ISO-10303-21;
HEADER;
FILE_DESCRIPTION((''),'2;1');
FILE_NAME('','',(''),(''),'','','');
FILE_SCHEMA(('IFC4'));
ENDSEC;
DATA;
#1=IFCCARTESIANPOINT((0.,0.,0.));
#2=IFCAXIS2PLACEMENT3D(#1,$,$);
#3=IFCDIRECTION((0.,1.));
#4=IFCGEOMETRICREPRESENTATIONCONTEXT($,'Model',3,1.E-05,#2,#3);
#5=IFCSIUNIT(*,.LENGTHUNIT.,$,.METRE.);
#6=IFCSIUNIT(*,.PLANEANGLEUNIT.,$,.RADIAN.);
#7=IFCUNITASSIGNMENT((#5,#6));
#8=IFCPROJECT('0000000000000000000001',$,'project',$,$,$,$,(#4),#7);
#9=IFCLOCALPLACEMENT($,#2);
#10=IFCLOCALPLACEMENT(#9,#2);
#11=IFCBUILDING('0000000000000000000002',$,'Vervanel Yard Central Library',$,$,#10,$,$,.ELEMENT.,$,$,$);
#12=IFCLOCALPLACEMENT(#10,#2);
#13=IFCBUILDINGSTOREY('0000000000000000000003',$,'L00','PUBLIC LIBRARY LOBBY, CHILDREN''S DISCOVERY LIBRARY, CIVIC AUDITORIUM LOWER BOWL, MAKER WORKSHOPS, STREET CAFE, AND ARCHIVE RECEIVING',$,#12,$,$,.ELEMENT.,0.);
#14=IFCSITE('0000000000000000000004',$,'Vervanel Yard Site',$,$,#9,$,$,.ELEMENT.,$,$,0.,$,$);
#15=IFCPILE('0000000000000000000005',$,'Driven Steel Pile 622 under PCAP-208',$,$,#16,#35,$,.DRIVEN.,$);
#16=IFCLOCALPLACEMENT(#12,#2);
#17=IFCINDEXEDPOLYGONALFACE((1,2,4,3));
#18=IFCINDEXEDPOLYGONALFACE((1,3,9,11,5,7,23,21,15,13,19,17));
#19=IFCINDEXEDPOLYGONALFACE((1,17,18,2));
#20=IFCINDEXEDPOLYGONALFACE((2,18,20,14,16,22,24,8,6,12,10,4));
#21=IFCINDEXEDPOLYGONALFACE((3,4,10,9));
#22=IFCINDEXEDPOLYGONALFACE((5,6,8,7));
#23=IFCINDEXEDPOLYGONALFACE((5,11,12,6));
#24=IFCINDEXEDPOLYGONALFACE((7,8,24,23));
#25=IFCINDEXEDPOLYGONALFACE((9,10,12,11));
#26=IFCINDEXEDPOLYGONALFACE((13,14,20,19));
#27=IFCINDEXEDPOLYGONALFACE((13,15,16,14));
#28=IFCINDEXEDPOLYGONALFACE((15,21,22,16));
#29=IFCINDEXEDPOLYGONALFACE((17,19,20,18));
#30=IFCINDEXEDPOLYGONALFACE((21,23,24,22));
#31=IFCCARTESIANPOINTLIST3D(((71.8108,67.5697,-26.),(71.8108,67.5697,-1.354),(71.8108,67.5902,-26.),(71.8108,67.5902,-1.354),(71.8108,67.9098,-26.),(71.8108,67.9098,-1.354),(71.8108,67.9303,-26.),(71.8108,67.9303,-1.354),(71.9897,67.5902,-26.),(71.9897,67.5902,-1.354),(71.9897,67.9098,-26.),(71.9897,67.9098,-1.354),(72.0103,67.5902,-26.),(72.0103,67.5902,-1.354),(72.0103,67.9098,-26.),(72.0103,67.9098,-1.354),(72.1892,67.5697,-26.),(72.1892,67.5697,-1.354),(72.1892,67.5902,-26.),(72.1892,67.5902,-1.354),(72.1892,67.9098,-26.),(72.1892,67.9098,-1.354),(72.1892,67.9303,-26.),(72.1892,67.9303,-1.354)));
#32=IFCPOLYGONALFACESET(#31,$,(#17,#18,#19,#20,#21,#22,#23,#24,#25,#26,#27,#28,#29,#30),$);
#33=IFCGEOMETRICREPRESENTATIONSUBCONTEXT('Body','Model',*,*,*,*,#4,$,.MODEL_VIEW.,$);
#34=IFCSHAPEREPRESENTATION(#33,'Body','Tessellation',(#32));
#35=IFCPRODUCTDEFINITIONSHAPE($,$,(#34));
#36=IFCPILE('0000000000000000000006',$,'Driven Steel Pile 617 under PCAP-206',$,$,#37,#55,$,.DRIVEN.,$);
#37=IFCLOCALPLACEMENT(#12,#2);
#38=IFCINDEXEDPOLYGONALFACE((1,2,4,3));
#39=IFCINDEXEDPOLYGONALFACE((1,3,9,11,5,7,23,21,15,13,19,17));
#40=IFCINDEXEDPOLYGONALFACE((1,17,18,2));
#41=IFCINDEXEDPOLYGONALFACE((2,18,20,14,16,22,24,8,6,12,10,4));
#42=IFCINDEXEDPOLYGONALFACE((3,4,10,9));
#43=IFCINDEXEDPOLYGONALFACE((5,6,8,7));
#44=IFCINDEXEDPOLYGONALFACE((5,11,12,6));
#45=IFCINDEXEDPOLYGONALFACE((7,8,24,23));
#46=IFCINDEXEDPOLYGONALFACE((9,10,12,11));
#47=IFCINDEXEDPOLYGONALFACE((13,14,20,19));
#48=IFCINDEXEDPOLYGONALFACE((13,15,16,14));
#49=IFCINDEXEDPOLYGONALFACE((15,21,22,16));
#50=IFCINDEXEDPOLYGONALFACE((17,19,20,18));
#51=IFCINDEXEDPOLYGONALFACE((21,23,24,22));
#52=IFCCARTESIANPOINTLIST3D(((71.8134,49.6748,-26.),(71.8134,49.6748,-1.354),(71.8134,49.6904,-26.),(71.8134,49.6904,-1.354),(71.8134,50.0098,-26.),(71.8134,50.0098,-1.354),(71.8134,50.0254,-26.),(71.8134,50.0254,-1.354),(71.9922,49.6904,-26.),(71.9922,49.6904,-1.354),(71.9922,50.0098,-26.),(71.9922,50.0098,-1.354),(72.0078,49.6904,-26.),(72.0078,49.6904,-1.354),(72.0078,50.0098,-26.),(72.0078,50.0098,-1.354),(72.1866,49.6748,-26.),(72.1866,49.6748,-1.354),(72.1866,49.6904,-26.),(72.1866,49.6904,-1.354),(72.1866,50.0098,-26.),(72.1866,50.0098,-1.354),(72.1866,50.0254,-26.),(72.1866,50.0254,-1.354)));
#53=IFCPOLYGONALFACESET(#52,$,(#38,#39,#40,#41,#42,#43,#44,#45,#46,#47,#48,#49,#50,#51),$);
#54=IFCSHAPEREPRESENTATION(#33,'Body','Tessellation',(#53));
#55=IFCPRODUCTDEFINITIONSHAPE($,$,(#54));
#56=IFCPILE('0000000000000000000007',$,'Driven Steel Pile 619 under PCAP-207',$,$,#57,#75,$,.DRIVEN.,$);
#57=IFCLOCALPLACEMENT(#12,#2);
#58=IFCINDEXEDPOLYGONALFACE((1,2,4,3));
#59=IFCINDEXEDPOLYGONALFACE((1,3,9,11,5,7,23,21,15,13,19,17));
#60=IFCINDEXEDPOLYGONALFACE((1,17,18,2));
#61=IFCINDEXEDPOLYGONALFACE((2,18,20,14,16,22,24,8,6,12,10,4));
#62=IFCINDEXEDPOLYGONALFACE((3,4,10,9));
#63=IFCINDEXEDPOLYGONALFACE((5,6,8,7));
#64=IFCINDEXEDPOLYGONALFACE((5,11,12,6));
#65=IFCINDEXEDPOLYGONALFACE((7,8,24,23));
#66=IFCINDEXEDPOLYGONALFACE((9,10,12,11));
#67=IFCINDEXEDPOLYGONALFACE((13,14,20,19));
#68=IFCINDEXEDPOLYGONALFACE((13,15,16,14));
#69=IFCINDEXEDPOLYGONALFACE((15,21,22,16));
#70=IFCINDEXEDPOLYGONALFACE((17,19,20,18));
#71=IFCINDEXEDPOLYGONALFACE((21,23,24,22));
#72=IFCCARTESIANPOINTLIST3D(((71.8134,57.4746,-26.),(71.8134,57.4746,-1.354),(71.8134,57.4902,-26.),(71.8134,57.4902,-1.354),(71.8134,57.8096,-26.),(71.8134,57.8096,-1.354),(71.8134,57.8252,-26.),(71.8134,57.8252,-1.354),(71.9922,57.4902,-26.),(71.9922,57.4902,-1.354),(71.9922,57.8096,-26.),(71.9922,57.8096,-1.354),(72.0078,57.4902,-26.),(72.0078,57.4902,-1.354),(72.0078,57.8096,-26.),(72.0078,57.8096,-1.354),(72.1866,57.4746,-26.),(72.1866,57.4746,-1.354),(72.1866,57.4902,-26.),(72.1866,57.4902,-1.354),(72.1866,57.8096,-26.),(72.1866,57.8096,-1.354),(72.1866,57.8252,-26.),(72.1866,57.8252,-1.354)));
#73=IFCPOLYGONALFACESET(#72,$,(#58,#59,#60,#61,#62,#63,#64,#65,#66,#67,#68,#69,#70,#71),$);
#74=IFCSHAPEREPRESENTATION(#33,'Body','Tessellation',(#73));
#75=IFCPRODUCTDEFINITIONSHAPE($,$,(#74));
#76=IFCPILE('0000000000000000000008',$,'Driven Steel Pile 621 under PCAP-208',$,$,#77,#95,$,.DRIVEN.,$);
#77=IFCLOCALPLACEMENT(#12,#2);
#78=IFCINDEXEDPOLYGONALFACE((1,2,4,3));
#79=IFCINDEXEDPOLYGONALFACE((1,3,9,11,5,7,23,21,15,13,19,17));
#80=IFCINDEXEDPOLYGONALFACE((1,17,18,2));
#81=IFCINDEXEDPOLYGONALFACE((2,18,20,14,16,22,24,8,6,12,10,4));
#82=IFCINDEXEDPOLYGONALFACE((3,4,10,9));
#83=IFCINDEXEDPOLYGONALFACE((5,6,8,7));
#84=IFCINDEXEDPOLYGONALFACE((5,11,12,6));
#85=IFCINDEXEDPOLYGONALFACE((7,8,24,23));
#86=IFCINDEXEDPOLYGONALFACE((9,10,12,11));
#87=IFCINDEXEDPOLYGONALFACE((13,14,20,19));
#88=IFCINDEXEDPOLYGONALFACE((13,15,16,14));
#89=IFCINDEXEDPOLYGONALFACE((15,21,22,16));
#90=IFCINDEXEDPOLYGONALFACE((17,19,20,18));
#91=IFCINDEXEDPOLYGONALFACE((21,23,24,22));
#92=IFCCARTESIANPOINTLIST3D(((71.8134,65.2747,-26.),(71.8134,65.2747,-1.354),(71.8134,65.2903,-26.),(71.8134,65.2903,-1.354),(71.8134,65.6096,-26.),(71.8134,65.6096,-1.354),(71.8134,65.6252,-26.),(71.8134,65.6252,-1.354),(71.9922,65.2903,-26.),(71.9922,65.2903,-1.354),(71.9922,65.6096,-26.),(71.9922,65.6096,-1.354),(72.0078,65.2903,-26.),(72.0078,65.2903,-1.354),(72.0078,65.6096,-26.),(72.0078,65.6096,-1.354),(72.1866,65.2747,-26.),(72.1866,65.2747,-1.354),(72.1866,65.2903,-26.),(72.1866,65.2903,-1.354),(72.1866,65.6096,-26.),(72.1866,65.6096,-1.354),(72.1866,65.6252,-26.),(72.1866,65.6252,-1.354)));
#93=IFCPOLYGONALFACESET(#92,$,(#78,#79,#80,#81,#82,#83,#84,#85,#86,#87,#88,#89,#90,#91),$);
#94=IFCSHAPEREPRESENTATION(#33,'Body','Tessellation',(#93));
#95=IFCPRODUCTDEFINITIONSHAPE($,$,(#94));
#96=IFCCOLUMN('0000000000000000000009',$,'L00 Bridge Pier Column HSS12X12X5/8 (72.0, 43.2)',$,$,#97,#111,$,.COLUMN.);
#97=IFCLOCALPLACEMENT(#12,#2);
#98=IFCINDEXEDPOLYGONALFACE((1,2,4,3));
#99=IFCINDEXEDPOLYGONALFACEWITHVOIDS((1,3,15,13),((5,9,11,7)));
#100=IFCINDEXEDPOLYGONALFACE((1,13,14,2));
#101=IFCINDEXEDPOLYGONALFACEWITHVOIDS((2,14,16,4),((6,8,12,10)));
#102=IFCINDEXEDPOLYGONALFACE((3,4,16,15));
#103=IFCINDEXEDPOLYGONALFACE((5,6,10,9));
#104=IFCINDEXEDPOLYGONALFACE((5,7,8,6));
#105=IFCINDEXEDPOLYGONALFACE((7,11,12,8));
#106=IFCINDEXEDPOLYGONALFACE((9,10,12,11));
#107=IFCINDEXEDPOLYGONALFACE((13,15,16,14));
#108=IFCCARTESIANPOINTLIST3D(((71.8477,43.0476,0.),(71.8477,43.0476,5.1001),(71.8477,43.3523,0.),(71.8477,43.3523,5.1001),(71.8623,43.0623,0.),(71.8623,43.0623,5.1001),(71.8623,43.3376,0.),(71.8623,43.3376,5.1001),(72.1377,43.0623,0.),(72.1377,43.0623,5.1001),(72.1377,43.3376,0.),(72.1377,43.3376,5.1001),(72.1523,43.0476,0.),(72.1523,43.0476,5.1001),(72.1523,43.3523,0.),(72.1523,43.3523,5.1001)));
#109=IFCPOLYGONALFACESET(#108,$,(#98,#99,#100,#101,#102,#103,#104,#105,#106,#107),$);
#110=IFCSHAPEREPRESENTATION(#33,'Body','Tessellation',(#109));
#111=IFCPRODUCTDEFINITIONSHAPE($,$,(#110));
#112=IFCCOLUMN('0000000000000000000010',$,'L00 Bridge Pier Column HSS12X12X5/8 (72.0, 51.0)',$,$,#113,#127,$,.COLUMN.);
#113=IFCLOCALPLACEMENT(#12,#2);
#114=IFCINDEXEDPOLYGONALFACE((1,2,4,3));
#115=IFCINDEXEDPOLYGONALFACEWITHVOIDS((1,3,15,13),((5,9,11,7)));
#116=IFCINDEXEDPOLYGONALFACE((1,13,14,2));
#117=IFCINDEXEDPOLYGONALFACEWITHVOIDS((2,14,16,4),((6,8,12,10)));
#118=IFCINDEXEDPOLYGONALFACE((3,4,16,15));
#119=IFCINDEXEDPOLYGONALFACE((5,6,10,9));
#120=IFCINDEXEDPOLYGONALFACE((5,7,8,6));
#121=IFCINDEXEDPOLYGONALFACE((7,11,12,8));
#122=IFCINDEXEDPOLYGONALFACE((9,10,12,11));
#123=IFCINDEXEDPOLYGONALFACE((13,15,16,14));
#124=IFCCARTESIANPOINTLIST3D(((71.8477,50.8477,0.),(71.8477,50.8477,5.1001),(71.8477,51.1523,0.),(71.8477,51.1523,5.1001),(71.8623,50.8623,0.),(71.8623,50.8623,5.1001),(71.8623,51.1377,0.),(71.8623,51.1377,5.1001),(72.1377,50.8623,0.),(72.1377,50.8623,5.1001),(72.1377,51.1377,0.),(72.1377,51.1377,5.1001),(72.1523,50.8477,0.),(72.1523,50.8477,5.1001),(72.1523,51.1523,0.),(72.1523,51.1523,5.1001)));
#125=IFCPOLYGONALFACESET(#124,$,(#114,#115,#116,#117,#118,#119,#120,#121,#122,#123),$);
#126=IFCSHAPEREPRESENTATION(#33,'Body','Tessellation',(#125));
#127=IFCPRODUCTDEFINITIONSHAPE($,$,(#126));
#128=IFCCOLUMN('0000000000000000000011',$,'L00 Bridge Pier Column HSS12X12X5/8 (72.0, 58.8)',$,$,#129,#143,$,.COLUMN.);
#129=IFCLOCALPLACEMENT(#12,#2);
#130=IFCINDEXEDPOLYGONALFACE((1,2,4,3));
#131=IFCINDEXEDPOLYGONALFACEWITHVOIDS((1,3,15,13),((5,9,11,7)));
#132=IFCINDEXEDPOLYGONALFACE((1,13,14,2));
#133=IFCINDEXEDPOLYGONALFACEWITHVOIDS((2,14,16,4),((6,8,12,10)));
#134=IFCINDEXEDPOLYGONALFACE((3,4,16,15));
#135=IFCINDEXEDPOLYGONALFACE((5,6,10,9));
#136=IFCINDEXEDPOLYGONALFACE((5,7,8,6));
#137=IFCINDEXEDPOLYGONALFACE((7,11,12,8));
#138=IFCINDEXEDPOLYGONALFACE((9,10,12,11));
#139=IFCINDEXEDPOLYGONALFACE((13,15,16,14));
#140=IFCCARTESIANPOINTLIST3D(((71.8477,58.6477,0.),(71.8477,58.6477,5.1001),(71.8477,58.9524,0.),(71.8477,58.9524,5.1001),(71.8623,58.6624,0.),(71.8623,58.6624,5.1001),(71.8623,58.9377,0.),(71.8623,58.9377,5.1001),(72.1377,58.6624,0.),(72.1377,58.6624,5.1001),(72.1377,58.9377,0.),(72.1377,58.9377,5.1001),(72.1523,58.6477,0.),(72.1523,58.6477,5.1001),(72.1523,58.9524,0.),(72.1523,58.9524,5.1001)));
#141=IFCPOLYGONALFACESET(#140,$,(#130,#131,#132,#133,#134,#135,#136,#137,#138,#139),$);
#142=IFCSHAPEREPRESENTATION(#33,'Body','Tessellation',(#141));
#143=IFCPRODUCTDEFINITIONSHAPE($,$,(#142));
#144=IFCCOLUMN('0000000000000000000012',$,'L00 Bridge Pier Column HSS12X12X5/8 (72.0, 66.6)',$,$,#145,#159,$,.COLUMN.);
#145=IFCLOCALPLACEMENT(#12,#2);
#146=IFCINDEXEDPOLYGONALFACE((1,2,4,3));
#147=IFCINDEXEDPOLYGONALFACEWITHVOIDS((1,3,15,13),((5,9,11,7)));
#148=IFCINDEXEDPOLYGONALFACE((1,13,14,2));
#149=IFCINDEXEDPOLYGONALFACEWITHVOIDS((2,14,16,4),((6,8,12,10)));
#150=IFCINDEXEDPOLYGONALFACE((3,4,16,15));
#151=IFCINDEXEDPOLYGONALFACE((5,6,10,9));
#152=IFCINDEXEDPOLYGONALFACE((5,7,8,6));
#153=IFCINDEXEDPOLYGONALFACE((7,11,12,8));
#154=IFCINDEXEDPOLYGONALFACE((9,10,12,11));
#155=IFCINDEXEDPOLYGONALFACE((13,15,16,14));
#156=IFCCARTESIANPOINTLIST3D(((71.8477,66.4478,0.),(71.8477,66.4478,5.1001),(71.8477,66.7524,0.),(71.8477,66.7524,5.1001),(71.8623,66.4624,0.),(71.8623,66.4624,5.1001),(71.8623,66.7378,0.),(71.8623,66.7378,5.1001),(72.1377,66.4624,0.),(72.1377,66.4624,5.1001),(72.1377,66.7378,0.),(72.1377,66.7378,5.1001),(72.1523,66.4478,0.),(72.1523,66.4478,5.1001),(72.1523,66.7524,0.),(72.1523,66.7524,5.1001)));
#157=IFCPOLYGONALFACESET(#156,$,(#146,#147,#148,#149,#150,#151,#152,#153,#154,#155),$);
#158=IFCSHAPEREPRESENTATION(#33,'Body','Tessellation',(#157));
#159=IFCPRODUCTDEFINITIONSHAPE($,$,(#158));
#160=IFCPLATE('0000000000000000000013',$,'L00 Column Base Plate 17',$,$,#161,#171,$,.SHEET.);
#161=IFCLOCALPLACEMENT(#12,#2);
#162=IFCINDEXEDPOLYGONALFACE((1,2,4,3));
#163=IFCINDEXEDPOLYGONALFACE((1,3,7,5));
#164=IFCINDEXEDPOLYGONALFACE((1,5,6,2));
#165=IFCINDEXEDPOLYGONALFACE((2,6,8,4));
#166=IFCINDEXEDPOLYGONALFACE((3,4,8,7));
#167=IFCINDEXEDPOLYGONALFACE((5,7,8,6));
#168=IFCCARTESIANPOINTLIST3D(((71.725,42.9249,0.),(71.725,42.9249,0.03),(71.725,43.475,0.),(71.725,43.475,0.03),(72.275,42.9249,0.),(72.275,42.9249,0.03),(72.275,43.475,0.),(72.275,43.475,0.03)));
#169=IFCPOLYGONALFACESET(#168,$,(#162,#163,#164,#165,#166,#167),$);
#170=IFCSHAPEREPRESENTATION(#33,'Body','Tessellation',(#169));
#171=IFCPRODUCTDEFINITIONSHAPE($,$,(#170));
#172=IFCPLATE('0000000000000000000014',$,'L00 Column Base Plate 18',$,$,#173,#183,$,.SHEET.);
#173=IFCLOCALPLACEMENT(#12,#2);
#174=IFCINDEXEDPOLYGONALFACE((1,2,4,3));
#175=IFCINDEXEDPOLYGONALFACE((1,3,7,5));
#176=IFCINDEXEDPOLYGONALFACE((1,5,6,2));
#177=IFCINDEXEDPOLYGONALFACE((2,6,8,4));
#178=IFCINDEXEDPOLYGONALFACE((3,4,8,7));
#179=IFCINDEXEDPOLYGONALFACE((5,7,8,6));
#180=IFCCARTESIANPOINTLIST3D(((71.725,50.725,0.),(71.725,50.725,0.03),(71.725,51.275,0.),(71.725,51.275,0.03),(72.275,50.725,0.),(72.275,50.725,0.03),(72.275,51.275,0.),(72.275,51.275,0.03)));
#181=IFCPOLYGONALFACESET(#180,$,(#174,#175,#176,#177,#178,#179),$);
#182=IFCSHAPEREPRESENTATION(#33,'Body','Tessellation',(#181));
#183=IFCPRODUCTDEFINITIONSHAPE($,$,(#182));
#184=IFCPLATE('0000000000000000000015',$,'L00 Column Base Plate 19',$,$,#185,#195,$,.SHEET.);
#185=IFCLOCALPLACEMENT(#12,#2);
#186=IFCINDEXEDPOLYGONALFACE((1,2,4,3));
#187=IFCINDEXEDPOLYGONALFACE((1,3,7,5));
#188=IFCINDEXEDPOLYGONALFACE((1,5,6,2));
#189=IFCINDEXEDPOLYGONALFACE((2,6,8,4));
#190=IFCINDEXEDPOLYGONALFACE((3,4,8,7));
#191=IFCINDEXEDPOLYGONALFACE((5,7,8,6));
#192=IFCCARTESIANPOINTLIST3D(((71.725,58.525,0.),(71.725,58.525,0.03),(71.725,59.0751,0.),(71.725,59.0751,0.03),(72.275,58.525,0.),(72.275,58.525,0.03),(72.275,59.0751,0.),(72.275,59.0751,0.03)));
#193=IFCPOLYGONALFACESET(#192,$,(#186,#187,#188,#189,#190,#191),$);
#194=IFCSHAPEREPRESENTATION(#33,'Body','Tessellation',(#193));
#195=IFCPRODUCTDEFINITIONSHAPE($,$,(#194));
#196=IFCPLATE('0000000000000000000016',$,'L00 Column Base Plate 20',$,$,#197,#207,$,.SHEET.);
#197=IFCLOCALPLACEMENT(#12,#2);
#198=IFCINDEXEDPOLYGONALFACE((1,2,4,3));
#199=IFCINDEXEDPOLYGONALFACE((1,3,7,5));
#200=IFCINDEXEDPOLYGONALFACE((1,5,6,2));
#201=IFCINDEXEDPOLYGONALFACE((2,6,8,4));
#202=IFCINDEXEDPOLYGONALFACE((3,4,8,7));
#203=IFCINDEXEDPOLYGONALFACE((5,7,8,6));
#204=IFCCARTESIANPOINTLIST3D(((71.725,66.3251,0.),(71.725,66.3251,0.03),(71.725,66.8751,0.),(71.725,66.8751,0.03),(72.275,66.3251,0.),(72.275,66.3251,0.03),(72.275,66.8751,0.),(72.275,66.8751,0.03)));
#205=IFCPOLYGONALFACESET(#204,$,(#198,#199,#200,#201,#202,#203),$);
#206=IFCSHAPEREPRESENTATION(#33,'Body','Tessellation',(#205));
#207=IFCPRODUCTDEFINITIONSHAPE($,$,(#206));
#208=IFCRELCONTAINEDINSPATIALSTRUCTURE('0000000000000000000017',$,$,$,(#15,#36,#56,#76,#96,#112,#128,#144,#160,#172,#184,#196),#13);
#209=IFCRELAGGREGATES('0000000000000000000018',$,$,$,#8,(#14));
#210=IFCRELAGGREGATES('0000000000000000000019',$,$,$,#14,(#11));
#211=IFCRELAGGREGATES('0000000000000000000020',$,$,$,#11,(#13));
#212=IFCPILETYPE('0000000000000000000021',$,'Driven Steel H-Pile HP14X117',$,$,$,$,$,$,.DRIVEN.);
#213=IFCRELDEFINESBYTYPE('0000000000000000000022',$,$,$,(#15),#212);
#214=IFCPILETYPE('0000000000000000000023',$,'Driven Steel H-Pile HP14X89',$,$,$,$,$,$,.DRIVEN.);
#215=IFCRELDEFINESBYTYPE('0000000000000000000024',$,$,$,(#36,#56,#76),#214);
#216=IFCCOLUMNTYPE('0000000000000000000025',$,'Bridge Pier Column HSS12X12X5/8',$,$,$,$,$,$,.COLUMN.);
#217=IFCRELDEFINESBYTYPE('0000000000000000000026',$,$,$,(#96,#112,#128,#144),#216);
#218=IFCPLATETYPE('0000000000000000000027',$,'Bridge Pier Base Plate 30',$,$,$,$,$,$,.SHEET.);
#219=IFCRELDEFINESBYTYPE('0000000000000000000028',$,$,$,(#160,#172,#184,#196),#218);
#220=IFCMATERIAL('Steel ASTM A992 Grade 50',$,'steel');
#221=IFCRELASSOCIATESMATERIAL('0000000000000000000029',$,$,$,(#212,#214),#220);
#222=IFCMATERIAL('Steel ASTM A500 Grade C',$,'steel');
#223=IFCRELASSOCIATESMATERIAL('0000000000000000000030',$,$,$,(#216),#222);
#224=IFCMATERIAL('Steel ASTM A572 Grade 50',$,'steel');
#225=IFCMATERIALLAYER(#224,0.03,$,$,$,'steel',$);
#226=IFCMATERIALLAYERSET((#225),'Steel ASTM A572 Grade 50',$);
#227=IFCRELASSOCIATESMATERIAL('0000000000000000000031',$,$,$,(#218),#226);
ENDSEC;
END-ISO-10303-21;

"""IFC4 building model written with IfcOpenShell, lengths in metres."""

from ifc_helpers import new_model, si_unit, direction, frame, origin, origin_2d, place, context, subcontext, project, spatial, rectangle, hollow_rectangle, i_section, extrude, material, layer, layer_set, material_profile, profile_set, type_object, element, save


model = new_model("IFC4")

# Units and contexts
model_context = context("Model", 3, precision=1e-05, world=origin(), true_north=direction((0.0, 1.0)))
body_context = subcontext(model_context, "Body", "Model", "MODEL_VIEW")
ifc_project = project(units=[si_unit("LENGTHUNIT", "METRE"), si_unit("PLANEANGLEUNIT", "RADIAN")], contexts=[model_context])

# Site, building, storey
site_placement = place(None, origin())
site = spatial("IfcSite", under=ifc_project, at=site_placement, Name="Vervanel Yard Site", CompositionType="ELEMENT", RefElevation=0.0)
building_placement = place(site_placement, origin())
building = spatial("IfcBuilding", under=site, at=building_placement, Name="Vervanel Yard Central Library", CompositionType="ELEMENT")
storey_placement = place(building_placement, origin())
storey = spatial("IfcBuildingStorey", under=building, at=storey_placement, Name="L00", Description="PUBLIC LIBRARY LOBBY, CHILDREN'S DISCOVERY LIBRARY, CIVIC AUDITORIUM LOWER BOWL, MAKER WORKSHOPS, STREET CAFE, AND ARCHIVE RECEIVING", CompositionType="ELEMENT", Elevation=0.0)

# Piles
ifc_material_1 = material(Name="Steel ASTM A992 Grade 50", Category="steel")
ifc_material_profile_1 = material_profile(ifc_material_1, i_section(OverallWidth=0.3784, OverallDepth=0.3606, WebThickness=0.0205, FlangeThickness=0.0205, at=origin_2d()), Name="HP14X117", Category="steel")
ifc_profile_set_1 = profile_set([ifc_material_profile_1], Name="Steel ASTM A992 Grade 50")
pile_type_1 = type_object("IfcPileType", Name="Driven Steel H-Pile HP14X117", PredefinedType="DRIVEN", material=ifc_profile_set_1)
for number, where, z_axis, x_axis, name in (
    (1, (72.0, 67.75, -26.0), (0.0, 0.0, 1.0), (1.0, 0.0, 0.0), "Driven Steel Pile 622 under PCAP-208"),
):
    element("IfcPile", number, at=place(storey_placement, frame(where, z_axis=z_axis, x_axis=x_axis)), inside=storey, type_object=pile_type_1, Name=name, PredefinedType="DRIVEN", context=body_context, shape_type="SweptSolid", body=[
        extrude(i_section(OverallWidth=0.3784, OverallDepth=0.3606, WebThickness=0.0205, FlangeThickness=0.0205, at=origin_2d()), origin(), (0.0, 0.0, 1.0), 24.646),
    ])
ifc_material_profile_2 = material_profile(ifc_material_1, i_section(OverallWidth=0.3733, OverallDepth=0.3506, WebThickness=0.0156, FlangeThickness=0.0156, at=origin_2d()), Name="HP14X89", Category="steel")
ifc_profile_set_2 = profile_set([ifc_material_profile_2], Name="Steel ASTM A992 Grade 50")
pile_type_2 = type_object("IfcPileType", Name="Driven Steel H-Pile HP14X89", PredefinedType="DRIVEN", material=ifc_profile_set_2)
for number, where, z_axis, x_axis, name in (
    (2, (72.0, 49.8501, -26.0), (0.0, 0.0, 1.0), (1.0, 0.0, 0.0), "Driven Steel Pile 617 under PCAP-206"),
    (3, (72.0, 57.6499, -26.0), (0.0, 0.0, 1.0), (1.0, 0.0, 0.0), "Driven Steel Pile 619 under PCAP-207"),
    (4, (72.0, 65.45, -26.0), (0.0, 0.0, 1.0), (1.0, 0.0, 0.0), "Driven Steel Pile 621 under PCAP-208"),
):
    element("IfcPile", number, at=place(storey_placement, frame(where, z_axis=z_axis, x_axis=x_axis)), inside=storey, type_object=pile_type_2, Name=name, PredefinedType="DRIVEN", context=body_context, shape_type="SweptSolid", body=[
        extrude(i_section(OverallWidth=0.3733, OverallDepth=0.3506, WebThickness=0.0156, FlangeThickness=0.0156, at=origin_2d()), origin(), (0.0, 0.0, 1.0), 24.646),
    ])

# Columns
ifc_material_2 = material(Name="Steel ASTM A500 Grade C", Category="steel")
ifc_material_profile_3 = material_profile(ifc_material_2, hollow_rectangle(XDim=0.3047, YDim=0.3047, WallThickness=0.0146, at=origin_2d()), Name="HSS12X12X5/8", Category="steel")
ifc_profile_set_3 = profile_set([ifc_material_profile_3], Name="Steel ASTM A500 Grade C")
column_type = type_object("IfcColumnType", Name="Bridge Pier Column HSS12X12X5/8", PredefinedType="COLUMN", material=ifc_profile_set_3)
for number, where, z_axis, x_axis, name in (
    (5, (72.0, 43.2, 0.0), (0.0, 0.0, 1.0), (1.0, 0.0, 0.0), "L00 Bridge Pier Column HSS12X12X5/8 (72.0, 43.2)"),
    (6, (72.0, 51.0, 0.0), (0.0, 0.0, 1.0), (1.0, 0.0, 0.0), "L00 Bridge Pier Column HSS12X12X5/8 (72.0, 51.0)"),
    (7, (72.0, 58.8, 0.0), (0.0, 0.0, 1.0), (1.0, 0.0, 0.0), "L00 Bridge Pier Column HSS12X12X5/8 (72.0, 58.8)"),
    (8, (72.0, 66.6001, 0.0), (0.0, 0.0, 1.0), (1.0, 0.0, 0.0), "L00 Bridge Pier Column HSS12X12X5/8 (72.0, 66.6)"),
):
    element("IfcColumn", number, at=place(storey_placement, frame(where, z_axis=z_axis, x_axis=x_axis)), inside=storey, type_object=column_type, Name=name, PredefinedType="COLUMN", context=body_context, shape_type="SweptSolid", body=[
        extrude(hollow_rectangle(XDim=0.3047, YDim=0.3047, WallThickness=0.0146, at=origin_2d()), origin(), (0.0, 0.0, 1.0), 5.1001),
    ])

# Plates
ifc_material_3 = material(Name="Steel ASTM A572 Grade 50", Category="steel")
ifc_layer = layer(ifc_material_3, 0.03, Category="steel")
ifc_layer_set = layer_set([ifc_layer], Name="Steel ASTM A572 Grade 50")
plate_type = type_object("IfcPlateType", Name="Bridge Pier Base Plate 30", PredefinedType="SHEET", material=ifc_layer_set)
for number, where, z_axis, x_axis, name in (
    (9, (72.0, 43.2, 0.0), (0.0, 0.0, 1.0), (1.0, 0.0, 0.0), "L00 Column Base Plate 17"),
    (10, (72.0, 51.0, 0.0), (0.0, 0.0, 1.0), (1.0, 0.0, 0.0), "L00 Column Base Plate 18"),
    (11, (72.0, 58.8, 0.0), (0.0, 0.0, 1.0), (1.0, 0.0, 0.0), "L00 Column Base Plate 19"),
    (12, (72.0, 66.6001, 0.0), (0.0, 0.0, 1.0), (1.0, 0.0, 0.0), "L00 Column Base Plate 20"),
):
    element("IfcPlate", number, at=place(storey_placement, frame(where, z_axis=z_axis, x_axis=x_axis)), inside=storey, type_object=plate_type, Name=name, PredefinedType="SHEET", context=body_context, shape_type="SweptSolid", body=[
        extrude(rectangle(XDim=0.55, YDim=0.55, at=origin_2d()), origin(), (0.0, 0.0, 1.0), 0.03),
    ])

save(model, "model.ifc")
